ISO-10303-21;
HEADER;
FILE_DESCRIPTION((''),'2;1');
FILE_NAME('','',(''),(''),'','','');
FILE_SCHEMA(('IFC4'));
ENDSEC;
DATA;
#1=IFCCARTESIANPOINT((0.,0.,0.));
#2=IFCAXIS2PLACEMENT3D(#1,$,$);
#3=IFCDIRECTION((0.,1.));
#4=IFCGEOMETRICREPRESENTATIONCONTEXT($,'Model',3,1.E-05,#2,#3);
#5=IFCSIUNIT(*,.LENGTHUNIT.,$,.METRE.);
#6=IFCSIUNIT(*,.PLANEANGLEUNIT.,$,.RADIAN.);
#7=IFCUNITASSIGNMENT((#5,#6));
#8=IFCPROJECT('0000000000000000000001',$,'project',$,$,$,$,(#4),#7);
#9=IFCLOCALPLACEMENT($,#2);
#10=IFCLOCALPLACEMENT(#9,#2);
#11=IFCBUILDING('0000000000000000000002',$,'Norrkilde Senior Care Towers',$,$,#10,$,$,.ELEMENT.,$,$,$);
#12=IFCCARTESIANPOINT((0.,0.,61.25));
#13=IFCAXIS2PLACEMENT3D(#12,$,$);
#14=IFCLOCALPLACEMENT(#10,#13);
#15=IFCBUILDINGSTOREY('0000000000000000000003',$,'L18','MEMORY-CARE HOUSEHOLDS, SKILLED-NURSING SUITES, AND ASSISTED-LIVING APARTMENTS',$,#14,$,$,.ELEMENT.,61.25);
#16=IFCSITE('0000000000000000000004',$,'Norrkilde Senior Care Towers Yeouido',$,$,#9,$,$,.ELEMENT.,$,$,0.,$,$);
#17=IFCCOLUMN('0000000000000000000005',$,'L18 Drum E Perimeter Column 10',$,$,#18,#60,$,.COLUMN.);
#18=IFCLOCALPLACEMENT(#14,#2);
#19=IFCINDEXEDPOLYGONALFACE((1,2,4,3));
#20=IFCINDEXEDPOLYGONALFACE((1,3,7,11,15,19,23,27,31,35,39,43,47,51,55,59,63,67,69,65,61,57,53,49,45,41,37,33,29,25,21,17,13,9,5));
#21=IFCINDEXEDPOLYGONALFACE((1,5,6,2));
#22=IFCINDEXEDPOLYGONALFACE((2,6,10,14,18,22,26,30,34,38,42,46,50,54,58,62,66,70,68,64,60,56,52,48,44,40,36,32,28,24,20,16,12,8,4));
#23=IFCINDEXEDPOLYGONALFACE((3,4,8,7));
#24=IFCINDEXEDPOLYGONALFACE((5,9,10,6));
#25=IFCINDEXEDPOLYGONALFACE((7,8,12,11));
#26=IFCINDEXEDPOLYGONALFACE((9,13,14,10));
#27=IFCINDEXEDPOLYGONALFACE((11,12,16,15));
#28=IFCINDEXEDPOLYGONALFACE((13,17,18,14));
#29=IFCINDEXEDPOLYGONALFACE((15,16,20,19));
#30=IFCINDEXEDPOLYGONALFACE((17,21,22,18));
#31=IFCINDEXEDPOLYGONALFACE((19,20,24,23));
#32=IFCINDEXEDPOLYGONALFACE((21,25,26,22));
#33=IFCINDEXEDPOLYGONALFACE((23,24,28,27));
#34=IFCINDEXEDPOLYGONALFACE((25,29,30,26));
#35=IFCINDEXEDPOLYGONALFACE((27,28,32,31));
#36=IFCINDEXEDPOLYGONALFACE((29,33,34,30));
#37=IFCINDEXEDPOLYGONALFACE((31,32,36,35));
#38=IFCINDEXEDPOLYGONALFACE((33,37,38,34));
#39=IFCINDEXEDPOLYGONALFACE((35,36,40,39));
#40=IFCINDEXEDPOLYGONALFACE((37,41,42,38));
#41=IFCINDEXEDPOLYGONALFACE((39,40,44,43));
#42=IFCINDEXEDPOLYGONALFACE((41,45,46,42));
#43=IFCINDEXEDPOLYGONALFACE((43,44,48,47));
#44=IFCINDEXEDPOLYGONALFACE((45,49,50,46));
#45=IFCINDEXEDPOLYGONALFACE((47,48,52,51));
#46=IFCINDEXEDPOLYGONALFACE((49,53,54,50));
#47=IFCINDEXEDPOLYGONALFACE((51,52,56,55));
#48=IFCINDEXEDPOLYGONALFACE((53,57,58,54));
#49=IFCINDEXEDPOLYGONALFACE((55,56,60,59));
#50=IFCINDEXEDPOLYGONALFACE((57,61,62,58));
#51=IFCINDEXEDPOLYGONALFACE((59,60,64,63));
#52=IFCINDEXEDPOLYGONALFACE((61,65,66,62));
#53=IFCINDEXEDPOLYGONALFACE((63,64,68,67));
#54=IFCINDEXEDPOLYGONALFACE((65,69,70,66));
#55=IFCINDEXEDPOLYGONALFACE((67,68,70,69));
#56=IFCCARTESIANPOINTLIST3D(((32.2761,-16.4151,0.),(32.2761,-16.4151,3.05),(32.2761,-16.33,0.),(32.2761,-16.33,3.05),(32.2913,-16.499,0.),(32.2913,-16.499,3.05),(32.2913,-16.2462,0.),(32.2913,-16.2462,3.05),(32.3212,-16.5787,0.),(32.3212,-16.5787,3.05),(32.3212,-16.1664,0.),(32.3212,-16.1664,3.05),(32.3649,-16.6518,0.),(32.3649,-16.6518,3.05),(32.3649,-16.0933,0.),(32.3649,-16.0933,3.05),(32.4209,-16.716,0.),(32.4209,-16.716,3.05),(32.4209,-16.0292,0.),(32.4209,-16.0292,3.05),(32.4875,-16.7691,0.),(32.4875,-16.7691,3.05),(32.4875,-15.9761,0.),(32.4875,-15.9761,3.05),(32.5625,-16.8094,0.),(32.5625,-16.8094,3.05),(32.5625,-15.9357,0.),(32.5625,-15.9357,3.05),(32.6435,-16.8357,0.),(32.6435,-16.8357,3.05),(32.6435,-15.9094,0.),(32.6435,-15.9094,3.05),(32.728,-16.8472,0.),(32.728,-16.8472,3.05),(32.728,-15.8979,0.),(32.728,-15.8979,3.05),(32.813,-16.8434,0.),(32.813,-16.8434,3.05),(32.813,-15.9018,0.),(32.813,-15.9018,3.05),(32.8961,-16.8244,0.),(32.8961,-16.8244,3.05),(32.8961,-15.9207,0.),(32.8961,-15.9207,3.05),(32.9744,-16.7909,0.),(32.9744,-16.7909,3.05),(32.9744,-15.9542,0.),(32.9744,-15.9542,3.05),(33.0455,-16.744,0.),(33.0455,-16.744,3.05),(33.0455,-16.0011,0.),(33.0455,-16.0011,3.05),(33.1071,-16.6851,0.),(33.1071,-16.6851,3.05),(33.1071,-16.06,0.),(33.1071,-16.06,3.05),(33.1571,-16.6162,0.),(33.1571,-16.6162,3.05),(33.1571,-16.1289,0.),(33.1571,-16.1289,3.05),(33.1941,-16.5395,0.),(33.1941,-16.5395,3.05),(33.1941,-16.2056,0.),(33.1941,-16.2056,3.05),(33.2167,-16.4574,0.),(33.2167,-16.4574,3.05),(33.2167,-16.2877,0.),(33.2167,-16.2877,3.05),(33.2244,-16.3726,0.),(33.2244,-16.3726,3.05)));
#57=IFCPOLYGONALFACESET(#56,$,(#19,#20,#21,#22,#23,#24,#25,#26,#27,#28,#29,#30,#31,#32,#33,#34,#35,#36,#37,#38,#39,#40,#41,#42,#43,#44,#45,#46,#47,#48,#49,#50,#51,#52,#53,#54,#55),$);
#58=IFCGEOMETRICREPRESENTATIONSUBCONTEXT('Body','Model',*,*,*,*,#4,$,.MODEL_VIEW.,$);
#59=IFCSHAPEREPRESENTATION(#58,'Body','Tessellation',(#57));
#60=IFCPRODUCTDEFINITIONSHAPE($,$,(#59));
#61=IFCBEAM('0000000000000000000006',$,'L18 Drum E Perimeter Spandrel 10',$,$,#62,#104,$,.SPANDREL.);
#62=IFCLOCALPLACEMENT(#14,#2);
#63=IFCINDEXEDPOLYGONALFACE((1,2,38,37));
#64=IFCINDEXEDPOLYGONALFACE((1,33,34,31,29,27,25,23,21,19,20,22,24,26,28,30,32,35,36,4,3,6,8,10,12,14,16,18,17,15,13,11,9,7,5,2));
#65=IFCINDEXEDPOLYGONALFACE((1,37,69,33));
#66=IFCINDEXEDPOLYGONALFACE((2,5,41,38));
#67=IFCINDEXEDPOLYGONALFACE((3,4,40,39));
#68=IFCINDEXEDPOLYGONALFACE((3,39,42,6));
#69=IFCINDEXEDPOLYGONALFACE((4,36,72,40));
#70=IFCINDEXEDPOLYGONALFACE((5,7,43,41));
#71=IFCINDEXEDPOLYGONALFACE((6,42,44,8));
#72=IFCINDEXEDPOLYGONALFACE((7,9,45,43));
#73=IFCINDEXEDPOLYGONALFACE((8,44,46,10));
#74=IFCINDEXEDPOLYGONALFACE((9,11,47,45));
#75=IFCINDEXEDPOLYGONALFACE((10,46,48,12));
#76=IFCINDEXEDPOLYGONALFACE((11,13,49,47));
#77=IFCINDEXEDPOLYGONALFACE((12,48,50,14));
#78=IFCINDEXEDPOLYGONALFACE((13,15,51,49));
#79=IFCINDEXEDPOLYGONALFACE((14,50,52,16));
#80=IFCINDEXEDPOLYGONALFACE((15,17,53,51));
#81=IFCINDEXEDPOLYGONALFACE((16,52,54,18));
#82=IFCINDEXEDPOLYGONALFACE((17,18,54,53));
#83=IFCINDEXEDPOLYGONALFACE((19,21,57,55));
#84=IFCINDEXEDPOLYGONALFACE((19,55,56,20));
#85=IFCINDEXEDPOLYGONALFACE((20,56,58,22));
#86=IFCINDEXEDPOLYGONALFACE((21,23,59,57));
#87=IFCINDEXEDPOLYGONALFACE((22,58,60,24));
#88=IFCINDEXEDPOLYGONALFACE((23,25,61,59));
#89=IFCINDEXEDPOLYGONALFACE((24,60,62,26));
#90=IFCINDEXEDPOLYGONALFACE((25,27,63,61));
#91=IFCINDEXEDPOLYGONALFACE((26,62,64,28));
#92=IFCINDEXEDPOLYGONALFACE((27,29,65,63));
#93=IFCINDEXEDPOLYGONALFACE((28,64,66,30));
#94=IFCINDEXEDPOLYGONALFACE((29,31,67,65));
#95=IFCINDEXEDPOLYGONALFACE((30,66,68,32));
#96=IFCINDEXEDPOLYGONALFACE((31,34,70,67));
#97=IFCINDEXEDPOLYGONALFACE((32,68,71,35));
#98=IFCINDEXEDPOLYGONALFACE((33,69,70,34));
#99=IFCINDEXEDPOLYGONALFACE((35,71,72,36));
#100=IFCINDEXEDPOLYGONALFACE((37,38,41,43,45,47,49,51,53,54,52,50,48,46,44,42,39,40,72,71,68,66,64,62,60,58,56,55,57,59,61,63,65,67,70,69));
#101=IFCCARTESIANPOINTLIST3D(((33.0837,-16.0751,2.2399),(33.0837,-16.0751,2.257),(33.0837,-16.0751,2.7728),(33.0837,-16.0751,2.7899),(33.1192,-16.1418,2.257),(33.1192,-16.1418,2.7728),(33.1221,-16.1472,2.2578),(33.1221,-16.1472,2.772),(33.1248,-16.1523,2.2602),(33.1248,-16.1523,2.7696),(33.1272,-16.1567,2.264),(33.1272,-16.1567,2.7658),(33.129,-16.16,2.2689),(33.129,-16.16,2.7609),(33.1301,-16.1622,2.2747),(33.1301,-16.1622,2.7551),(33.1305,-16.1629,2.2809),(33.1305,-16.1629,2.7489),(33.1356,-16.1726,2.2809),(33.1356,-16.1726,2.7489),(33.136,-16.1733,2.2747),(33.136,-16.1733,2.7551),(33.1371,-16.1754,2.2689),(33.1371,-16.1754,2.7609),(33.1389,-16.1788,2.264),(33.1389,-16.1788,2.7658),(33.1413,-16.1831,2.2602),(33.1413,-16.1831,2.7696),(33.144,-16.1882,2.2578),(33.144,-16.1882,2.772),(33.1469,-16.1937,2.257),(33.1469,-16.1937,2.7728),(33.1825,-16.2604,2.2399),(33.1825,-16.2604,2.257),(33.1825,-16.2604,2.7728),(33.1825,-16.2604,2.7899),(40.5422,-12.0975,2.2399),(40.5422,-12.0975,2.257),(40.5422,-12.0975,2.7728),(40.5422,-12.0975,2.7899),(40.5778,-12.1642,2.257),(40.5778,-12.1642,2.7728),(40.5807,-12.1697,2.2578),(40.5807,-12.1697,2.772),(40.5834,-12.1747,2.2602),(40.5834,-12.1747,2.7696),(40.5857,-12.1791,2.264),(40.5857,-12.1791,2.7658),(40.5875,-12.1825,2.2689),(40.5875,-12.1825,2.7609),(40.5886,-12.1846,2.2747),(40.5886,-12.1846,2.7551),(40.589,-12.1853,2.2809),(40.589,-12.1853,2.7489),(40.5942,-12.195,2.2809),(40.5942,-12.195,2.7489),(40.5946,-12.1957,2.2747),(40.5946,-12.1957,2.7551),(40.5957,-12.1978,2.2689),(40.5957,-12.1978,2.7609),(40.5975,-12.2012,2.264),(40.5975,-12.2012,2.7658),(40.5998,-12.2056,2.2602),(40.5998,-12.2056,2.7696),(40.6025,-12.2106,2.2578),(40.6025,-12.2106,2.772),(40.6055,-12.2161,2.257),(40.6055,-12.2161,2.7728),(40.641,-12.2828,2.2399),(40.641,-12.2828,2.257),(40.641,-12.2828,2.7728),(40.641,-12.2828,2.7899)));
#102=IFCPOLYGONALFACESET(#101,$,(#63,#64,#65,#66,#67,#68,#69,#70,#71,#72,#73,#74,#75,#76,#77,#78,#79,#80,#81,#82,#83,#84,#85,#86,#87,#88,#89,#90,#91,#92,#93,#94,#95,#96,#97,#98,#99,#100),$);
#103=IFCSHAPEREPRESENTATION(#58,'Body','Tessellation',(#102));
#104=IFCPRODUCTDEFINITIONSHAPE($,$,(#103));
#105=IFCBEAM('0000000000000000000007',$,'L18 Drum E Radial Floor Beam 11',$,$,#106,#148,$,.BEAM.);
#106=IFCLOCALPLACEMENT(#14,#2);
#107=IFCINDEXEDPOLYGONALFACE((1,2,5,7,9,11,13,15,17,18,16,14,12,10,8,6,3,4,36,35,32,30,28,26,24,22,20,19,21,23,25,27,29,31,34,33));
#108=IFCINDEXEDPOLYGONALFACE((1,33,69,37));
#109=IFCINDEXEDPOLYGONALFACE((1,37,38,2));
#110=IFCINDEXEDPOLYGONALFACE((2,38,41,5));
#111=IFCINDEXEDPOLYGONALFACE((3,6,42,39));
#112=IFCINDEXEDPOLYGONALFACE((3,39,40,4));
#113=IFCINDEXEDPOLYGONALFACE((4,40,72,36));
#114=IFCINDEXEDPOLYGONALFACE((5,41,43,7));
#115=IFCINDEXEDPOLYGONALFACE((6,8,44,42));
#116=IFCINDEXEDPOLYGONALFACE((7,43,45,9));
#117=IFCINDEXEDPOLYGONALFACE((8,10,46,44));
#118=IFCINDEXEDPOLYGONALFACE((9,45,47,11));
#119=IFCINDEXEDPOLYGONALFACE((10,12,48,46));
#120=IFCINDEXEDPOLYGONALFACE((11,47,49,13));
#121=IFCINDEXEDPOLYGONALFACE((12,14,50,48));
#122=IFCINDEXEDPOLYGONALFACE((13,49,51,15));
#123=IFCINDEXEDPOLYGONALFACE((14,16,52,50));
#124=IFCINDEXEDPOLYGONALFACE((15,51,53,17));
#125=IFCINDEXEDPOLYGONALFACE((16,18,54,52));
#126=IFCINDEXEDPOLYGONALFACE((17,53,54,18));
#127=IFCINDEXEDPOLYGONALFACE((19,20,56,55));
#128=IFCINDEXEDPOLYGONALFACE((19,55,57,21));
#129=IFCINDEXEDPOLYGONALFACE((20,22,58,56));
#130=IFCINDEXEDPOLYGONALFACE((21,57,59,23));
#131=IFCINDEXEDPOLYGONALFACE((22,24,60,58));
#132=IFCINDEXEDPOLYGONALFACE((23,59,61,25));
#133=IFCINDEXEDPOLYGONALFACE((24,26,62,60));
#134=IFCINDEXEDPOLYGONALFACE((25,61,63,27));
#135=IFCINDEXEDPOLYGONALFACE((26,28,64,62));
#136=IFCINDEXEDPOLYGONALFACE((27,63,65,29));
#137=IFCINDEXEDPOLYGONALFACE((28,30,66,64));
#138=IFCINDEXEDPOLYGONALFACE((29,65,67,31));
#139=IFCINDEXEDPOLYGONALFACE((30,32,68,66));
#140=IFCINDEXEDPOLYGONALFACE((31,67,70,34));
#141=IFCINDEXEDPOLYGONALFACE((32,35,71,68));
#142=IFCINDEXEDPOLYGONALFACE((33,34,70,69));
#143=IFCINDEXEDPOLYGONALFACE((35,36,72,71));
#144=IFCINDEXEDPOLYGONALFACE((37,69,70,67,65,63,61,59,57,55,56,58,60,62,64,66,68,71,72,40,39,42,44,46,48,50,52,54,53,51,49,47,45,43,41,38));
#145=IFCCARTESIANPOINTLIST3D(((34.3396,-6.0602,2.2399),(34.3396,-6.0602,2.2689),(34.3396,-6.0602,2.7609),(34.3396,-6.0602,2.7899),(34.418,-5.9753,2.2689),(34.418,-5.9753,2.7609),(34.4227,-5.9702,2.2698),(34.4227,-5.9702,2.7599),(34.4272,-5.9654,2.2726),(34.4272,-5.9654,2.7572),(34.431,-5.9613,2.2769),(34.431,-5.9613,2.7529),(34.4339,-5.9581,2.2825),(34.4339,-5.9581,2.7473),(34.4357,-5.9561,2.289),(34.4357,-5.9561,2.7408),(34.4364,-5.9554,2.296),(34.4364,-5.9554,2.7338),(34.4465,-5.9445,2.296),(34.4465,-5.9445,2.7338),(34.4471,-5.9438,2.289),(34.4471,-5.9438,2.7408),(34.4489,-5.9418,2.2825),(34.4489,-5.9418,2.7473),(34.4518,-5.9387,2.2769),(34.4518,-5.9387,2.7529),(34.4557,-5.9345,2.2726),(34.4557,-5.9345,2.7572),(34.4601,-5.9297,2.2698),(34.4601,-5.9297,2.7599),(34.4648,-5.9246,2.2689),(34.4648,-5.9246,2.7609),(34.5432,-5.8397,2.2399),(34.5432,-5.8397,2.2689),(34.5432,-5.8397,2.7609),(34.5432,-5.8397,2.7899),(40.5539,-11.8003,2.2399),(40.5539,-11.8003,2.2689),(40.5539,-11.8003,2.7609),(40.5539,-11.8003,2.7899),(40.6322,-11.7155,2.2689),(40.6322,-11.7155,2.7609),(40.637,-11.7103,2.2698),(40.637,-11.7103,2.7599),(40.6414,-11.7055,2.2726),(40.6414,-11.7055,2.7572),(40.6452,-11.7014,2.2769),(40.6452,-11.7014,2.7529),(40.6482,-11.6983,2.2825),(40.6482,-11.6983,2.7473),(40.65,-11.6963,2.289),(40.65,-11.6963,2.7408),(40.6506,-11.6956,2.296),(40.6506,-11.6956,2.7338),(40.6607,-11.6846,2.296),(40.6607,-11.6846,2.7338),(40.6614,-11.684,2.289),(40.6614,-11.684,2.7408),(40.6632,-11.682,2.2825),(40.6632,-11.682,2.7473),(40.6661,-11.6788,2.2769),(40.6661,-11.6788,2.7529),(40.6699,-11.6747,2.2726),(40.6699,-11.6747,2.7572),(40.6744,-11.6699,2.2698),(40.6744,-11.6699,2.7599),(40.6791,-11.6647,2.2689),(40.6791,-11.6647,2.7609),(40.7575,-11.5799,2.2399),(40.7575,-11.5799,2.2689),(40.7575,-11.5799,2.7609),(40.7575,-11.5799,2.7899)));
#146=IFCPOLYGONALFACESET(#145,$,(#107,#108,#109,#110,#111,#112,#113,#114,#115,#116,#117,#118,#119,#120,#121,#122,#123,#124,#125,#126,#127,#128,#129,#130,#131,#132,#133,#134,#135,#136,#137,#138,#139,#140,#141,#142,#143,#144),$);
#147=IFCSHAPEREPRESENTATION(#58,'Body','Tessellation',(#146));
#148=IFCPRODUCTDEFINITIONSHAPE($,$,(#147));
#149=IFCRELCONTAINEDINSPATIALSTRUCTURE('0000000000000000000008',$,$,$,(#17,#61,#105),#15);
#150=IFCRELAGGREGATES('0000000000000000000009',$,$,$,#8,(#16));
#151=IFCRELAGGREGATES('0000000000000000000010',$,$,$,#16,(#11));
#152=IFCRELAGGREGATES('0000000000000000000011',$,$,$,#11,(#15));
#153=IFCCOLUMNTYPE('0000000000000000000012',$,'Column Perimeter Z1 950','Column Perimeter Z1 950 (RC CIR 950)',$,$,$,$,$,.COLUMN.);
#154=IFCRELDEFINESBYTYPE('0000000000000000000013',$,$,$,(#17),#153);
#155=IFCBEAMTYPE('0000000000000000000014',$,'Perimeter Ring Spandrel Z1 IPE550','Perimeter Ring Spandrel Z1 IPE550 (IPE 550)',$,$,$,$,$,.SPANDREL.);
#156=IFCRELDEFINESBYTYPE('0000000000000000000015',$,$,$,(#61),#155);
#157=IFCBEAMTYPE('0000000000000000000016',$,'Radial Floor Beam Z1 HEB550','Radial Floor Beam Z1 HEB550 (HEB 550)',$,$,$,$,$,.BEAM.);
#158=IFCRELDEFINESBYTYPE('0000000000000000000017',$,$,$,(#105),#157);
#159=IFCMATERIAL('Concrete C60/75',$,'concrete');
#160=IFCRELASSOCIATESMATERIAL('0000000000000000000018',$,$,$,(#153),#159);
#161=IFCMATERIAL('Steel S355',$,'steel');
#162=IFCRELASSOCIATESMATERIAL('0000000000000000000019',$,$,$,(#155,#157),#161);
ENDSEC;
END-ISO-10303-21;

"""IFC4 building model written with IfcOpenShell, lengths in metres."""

from ifc_helpers import new_model, si_unit, direction, frame, origin, origin_2d, place, context, subcontext, project, spatial, circle, i_section, extrude, source, transform, mapped, material, material_profile, profile_set, type_object, type_shapes, element, save


model = new_model("IFC4")

# Units and contexts
model_context = context("Model", 3, precision=1e-05, world=origin(), true_north=direction((0.0, 1.0)))
body_context = subcontext(model_context, "Body", "Model", "MODEL_VIEW")
ifc_project = project(units=[si_unit("LENGTHUNIT", "METRE"), si_unit("PLANEANGLEUNIT", "RADIAN")], contexts=[model_context])

# Site, building, storey
site_placement = place(None, origin())
site = spatial("IfcSite", under=ifc_project, at=site_placement, Name="Norrkilde Senior Care Towers Yeouido", CompositionType="ELEMENT", RefElevation=0.0)
building_placement = place(site_placement, origin())
building = spatial("IfcBuilding", under=site, at=building_placement, Name="Norrkilde Senior Care Towers", CompositionType="ELEMENT")
storey_placement = place(building_placement, frame((0.0, 0.0, 61.25)))
storey = spatial("IfcBuildingStorey", under=building, at=storey_placement, Name="L18", Description="MEMORY-CARE HOUSEHOLDS, SKILLED-NURSING SUITES, AND ASSISTED-LIVING APARTMENTS", CompositionType="ELEMENT", Elevation=61.25)

# Column
ifc_material_1 = material(Name="Concrete C60/75", Category="concrete")
ifc_material_profile_1 = material_profile(ifc_material_1, circle(Radius=0.4751, at=origin_2d()), Name="RC CIR 950")
ifc_profile_set_1 = profile_set([ifc_material_profile_1], Name="Concrete C60/75")
column_type = type_object("IfcColumnType", Name="Column Perimeter Z1 950", Description="Column Perimeter Z1 950 (RC CIR 950)", PredefinedType="COLUMN", material=ifc_profile_set_1)
shared_shape_1 = source(origin(), body_context, "Body", "SweptSolid", [
    extrude(circle(Radius=0.4751, at=origin_2d()), origin(), (0.0, 0.0, 1.0), 3.05),
])
type_shapes(column_type, [shared_shape_1])
column_placement = place(storey_placement, frame((32.7493, -16.3726, 0.0), z_axis=(0.0, 0.0, 1.0), x_axis=(1.0, 0.0, 0.0)))
element("IfcColumn", 1, at=column_placement, inside=storey, type_object=column_type, Name="L18 Drum E Perimeter Column 10", PredefinedType="COLUMN", context=body_context, shape_type="MappedRepresentation", body=[
    mapped(shared_shape_1, transform((0.0, 0.0, 0.0), x_axis=(1.0, 0.0, 0.0), y_axis=(0.0, 1.0, 0.0), z_axis=(0.0, 0.0, 1.0), scale=1.0)),
])

# Beams
ifc_material_2 = material(Name="Steel S355", Category="steel")
ifc_material_profile_2 = material_profile(ifc_material_2, i_section(OverallWidth=0.21, OverallDepth=0.55, WebThickness=0.011, FlangeThickness=0.0171, FilletRadius=0.0239, at=origin_2d()), Name="IPE 550")
ifc_profile_set_2 = profile_set([ifc_material_profile_2], Name="Steel S355")
beam_type_1 = type_object("IfcBeamType", Name="Perimeter Ring Spandrel Z1 IPE550", Description="Perimeter Ring Spandrel Z1 IPE550 (IPE 550)", PredefinedType="SPANDREL", material=ifc_profile_set_2)
shared_shape_2 = source(origin(), body_context, "Body", "SweptSolid", [
    extrude(i_section(OverallWidth=0.21, OverallDepth=0.55, WebThickness=0.011, FlangeThickness=0.0171, FilletRadius=0.0239, at=origin_2d()), origin(), (0.0, 0.0, 1.0), 8.4529),
])
type_shapes(beam_type_1, [shared_shape_2])
beam_1_placement = place(storey_placement, frame((33.1331, -16.1677, 2.5149), z_axis=(0.882369, 0.470558, 0.0), x_axis=(-0.470558, 0.882369, 0.0)))
element("IfcBeam", 2, at=beam_1_placement, inside=storey, type_object=beam_type_1, Name="L18 Drum E Perimeter Spandrel 10", PredefinedType="SPANDREL", context=body_context, shape_type="MappedRepresentation", body=[
    mapped(shared_shape_2, transform((0.0, 0.0, 0.0), x_axis=(1.0, 0.0, 0.0), y_axis=(0.0, 1.0, 0.0), z_axis=(0.0, 0.0, 1.0), scale=1.0)),
])
ifc_material_profile_3 = material_profile(ifc_material_2, i_section(OverallWidth=0.3, OverallDepth=0.55, WebThickness=0.0149, FlangeThickness=0.0291, FilletRadius=0.0271, at=origin_2d()), Name="HEB 550")
ifc_profile_set_3 = profile_set([ifc_material_profile_3], Name="Steel S355")
beam_type_2 = type_object("IfcBeamType", Name="Radial Floor Beam Z1 HEB550", Description="Radial Floor Beam Z1 HEB550 (HEB 550)", PredefinedType="BEAM", material=ifc_profile_set_3)
shared_shape_3 = source(origin(), body_context, "Body", "SweptSolid", [
    extrude(i_section(OverallWidth=0.3, OverallDepth=0.55, WebThickness=0.0149, FlangeThickness=0.0291, FilletRadius=0.0271, at=origin_2d()), origin(), (0.0, 0.0, 1.0), 8.4597),
])
beam_2_placement = place(storey_placement, frame((34.4414, -5.95, 2.5149), z_axis=(0.734573, -0.678529, 0.0), x_axis=(0.678529, 0.734573, 0.0)))
element("IfcBeam", 3, at=beam_2_placement, inside=storey, type_object=beam_type_2, Name="L18 Drum E Radial Floor Beam 11", PredefinedType="BEAM", context=body_context, shape_type="MappedRepresentation", body=[
    mapped(shared_shape_3, transform((0.0, 0.0, 0.0), x_axis=(1.0, 0.0, 0.0), y_axis=(0.0, 1.0, 0.0), z_axis=(0.0, 0.0, 1.0), scale=1.0)),
])

save(model, "model.ifc")
